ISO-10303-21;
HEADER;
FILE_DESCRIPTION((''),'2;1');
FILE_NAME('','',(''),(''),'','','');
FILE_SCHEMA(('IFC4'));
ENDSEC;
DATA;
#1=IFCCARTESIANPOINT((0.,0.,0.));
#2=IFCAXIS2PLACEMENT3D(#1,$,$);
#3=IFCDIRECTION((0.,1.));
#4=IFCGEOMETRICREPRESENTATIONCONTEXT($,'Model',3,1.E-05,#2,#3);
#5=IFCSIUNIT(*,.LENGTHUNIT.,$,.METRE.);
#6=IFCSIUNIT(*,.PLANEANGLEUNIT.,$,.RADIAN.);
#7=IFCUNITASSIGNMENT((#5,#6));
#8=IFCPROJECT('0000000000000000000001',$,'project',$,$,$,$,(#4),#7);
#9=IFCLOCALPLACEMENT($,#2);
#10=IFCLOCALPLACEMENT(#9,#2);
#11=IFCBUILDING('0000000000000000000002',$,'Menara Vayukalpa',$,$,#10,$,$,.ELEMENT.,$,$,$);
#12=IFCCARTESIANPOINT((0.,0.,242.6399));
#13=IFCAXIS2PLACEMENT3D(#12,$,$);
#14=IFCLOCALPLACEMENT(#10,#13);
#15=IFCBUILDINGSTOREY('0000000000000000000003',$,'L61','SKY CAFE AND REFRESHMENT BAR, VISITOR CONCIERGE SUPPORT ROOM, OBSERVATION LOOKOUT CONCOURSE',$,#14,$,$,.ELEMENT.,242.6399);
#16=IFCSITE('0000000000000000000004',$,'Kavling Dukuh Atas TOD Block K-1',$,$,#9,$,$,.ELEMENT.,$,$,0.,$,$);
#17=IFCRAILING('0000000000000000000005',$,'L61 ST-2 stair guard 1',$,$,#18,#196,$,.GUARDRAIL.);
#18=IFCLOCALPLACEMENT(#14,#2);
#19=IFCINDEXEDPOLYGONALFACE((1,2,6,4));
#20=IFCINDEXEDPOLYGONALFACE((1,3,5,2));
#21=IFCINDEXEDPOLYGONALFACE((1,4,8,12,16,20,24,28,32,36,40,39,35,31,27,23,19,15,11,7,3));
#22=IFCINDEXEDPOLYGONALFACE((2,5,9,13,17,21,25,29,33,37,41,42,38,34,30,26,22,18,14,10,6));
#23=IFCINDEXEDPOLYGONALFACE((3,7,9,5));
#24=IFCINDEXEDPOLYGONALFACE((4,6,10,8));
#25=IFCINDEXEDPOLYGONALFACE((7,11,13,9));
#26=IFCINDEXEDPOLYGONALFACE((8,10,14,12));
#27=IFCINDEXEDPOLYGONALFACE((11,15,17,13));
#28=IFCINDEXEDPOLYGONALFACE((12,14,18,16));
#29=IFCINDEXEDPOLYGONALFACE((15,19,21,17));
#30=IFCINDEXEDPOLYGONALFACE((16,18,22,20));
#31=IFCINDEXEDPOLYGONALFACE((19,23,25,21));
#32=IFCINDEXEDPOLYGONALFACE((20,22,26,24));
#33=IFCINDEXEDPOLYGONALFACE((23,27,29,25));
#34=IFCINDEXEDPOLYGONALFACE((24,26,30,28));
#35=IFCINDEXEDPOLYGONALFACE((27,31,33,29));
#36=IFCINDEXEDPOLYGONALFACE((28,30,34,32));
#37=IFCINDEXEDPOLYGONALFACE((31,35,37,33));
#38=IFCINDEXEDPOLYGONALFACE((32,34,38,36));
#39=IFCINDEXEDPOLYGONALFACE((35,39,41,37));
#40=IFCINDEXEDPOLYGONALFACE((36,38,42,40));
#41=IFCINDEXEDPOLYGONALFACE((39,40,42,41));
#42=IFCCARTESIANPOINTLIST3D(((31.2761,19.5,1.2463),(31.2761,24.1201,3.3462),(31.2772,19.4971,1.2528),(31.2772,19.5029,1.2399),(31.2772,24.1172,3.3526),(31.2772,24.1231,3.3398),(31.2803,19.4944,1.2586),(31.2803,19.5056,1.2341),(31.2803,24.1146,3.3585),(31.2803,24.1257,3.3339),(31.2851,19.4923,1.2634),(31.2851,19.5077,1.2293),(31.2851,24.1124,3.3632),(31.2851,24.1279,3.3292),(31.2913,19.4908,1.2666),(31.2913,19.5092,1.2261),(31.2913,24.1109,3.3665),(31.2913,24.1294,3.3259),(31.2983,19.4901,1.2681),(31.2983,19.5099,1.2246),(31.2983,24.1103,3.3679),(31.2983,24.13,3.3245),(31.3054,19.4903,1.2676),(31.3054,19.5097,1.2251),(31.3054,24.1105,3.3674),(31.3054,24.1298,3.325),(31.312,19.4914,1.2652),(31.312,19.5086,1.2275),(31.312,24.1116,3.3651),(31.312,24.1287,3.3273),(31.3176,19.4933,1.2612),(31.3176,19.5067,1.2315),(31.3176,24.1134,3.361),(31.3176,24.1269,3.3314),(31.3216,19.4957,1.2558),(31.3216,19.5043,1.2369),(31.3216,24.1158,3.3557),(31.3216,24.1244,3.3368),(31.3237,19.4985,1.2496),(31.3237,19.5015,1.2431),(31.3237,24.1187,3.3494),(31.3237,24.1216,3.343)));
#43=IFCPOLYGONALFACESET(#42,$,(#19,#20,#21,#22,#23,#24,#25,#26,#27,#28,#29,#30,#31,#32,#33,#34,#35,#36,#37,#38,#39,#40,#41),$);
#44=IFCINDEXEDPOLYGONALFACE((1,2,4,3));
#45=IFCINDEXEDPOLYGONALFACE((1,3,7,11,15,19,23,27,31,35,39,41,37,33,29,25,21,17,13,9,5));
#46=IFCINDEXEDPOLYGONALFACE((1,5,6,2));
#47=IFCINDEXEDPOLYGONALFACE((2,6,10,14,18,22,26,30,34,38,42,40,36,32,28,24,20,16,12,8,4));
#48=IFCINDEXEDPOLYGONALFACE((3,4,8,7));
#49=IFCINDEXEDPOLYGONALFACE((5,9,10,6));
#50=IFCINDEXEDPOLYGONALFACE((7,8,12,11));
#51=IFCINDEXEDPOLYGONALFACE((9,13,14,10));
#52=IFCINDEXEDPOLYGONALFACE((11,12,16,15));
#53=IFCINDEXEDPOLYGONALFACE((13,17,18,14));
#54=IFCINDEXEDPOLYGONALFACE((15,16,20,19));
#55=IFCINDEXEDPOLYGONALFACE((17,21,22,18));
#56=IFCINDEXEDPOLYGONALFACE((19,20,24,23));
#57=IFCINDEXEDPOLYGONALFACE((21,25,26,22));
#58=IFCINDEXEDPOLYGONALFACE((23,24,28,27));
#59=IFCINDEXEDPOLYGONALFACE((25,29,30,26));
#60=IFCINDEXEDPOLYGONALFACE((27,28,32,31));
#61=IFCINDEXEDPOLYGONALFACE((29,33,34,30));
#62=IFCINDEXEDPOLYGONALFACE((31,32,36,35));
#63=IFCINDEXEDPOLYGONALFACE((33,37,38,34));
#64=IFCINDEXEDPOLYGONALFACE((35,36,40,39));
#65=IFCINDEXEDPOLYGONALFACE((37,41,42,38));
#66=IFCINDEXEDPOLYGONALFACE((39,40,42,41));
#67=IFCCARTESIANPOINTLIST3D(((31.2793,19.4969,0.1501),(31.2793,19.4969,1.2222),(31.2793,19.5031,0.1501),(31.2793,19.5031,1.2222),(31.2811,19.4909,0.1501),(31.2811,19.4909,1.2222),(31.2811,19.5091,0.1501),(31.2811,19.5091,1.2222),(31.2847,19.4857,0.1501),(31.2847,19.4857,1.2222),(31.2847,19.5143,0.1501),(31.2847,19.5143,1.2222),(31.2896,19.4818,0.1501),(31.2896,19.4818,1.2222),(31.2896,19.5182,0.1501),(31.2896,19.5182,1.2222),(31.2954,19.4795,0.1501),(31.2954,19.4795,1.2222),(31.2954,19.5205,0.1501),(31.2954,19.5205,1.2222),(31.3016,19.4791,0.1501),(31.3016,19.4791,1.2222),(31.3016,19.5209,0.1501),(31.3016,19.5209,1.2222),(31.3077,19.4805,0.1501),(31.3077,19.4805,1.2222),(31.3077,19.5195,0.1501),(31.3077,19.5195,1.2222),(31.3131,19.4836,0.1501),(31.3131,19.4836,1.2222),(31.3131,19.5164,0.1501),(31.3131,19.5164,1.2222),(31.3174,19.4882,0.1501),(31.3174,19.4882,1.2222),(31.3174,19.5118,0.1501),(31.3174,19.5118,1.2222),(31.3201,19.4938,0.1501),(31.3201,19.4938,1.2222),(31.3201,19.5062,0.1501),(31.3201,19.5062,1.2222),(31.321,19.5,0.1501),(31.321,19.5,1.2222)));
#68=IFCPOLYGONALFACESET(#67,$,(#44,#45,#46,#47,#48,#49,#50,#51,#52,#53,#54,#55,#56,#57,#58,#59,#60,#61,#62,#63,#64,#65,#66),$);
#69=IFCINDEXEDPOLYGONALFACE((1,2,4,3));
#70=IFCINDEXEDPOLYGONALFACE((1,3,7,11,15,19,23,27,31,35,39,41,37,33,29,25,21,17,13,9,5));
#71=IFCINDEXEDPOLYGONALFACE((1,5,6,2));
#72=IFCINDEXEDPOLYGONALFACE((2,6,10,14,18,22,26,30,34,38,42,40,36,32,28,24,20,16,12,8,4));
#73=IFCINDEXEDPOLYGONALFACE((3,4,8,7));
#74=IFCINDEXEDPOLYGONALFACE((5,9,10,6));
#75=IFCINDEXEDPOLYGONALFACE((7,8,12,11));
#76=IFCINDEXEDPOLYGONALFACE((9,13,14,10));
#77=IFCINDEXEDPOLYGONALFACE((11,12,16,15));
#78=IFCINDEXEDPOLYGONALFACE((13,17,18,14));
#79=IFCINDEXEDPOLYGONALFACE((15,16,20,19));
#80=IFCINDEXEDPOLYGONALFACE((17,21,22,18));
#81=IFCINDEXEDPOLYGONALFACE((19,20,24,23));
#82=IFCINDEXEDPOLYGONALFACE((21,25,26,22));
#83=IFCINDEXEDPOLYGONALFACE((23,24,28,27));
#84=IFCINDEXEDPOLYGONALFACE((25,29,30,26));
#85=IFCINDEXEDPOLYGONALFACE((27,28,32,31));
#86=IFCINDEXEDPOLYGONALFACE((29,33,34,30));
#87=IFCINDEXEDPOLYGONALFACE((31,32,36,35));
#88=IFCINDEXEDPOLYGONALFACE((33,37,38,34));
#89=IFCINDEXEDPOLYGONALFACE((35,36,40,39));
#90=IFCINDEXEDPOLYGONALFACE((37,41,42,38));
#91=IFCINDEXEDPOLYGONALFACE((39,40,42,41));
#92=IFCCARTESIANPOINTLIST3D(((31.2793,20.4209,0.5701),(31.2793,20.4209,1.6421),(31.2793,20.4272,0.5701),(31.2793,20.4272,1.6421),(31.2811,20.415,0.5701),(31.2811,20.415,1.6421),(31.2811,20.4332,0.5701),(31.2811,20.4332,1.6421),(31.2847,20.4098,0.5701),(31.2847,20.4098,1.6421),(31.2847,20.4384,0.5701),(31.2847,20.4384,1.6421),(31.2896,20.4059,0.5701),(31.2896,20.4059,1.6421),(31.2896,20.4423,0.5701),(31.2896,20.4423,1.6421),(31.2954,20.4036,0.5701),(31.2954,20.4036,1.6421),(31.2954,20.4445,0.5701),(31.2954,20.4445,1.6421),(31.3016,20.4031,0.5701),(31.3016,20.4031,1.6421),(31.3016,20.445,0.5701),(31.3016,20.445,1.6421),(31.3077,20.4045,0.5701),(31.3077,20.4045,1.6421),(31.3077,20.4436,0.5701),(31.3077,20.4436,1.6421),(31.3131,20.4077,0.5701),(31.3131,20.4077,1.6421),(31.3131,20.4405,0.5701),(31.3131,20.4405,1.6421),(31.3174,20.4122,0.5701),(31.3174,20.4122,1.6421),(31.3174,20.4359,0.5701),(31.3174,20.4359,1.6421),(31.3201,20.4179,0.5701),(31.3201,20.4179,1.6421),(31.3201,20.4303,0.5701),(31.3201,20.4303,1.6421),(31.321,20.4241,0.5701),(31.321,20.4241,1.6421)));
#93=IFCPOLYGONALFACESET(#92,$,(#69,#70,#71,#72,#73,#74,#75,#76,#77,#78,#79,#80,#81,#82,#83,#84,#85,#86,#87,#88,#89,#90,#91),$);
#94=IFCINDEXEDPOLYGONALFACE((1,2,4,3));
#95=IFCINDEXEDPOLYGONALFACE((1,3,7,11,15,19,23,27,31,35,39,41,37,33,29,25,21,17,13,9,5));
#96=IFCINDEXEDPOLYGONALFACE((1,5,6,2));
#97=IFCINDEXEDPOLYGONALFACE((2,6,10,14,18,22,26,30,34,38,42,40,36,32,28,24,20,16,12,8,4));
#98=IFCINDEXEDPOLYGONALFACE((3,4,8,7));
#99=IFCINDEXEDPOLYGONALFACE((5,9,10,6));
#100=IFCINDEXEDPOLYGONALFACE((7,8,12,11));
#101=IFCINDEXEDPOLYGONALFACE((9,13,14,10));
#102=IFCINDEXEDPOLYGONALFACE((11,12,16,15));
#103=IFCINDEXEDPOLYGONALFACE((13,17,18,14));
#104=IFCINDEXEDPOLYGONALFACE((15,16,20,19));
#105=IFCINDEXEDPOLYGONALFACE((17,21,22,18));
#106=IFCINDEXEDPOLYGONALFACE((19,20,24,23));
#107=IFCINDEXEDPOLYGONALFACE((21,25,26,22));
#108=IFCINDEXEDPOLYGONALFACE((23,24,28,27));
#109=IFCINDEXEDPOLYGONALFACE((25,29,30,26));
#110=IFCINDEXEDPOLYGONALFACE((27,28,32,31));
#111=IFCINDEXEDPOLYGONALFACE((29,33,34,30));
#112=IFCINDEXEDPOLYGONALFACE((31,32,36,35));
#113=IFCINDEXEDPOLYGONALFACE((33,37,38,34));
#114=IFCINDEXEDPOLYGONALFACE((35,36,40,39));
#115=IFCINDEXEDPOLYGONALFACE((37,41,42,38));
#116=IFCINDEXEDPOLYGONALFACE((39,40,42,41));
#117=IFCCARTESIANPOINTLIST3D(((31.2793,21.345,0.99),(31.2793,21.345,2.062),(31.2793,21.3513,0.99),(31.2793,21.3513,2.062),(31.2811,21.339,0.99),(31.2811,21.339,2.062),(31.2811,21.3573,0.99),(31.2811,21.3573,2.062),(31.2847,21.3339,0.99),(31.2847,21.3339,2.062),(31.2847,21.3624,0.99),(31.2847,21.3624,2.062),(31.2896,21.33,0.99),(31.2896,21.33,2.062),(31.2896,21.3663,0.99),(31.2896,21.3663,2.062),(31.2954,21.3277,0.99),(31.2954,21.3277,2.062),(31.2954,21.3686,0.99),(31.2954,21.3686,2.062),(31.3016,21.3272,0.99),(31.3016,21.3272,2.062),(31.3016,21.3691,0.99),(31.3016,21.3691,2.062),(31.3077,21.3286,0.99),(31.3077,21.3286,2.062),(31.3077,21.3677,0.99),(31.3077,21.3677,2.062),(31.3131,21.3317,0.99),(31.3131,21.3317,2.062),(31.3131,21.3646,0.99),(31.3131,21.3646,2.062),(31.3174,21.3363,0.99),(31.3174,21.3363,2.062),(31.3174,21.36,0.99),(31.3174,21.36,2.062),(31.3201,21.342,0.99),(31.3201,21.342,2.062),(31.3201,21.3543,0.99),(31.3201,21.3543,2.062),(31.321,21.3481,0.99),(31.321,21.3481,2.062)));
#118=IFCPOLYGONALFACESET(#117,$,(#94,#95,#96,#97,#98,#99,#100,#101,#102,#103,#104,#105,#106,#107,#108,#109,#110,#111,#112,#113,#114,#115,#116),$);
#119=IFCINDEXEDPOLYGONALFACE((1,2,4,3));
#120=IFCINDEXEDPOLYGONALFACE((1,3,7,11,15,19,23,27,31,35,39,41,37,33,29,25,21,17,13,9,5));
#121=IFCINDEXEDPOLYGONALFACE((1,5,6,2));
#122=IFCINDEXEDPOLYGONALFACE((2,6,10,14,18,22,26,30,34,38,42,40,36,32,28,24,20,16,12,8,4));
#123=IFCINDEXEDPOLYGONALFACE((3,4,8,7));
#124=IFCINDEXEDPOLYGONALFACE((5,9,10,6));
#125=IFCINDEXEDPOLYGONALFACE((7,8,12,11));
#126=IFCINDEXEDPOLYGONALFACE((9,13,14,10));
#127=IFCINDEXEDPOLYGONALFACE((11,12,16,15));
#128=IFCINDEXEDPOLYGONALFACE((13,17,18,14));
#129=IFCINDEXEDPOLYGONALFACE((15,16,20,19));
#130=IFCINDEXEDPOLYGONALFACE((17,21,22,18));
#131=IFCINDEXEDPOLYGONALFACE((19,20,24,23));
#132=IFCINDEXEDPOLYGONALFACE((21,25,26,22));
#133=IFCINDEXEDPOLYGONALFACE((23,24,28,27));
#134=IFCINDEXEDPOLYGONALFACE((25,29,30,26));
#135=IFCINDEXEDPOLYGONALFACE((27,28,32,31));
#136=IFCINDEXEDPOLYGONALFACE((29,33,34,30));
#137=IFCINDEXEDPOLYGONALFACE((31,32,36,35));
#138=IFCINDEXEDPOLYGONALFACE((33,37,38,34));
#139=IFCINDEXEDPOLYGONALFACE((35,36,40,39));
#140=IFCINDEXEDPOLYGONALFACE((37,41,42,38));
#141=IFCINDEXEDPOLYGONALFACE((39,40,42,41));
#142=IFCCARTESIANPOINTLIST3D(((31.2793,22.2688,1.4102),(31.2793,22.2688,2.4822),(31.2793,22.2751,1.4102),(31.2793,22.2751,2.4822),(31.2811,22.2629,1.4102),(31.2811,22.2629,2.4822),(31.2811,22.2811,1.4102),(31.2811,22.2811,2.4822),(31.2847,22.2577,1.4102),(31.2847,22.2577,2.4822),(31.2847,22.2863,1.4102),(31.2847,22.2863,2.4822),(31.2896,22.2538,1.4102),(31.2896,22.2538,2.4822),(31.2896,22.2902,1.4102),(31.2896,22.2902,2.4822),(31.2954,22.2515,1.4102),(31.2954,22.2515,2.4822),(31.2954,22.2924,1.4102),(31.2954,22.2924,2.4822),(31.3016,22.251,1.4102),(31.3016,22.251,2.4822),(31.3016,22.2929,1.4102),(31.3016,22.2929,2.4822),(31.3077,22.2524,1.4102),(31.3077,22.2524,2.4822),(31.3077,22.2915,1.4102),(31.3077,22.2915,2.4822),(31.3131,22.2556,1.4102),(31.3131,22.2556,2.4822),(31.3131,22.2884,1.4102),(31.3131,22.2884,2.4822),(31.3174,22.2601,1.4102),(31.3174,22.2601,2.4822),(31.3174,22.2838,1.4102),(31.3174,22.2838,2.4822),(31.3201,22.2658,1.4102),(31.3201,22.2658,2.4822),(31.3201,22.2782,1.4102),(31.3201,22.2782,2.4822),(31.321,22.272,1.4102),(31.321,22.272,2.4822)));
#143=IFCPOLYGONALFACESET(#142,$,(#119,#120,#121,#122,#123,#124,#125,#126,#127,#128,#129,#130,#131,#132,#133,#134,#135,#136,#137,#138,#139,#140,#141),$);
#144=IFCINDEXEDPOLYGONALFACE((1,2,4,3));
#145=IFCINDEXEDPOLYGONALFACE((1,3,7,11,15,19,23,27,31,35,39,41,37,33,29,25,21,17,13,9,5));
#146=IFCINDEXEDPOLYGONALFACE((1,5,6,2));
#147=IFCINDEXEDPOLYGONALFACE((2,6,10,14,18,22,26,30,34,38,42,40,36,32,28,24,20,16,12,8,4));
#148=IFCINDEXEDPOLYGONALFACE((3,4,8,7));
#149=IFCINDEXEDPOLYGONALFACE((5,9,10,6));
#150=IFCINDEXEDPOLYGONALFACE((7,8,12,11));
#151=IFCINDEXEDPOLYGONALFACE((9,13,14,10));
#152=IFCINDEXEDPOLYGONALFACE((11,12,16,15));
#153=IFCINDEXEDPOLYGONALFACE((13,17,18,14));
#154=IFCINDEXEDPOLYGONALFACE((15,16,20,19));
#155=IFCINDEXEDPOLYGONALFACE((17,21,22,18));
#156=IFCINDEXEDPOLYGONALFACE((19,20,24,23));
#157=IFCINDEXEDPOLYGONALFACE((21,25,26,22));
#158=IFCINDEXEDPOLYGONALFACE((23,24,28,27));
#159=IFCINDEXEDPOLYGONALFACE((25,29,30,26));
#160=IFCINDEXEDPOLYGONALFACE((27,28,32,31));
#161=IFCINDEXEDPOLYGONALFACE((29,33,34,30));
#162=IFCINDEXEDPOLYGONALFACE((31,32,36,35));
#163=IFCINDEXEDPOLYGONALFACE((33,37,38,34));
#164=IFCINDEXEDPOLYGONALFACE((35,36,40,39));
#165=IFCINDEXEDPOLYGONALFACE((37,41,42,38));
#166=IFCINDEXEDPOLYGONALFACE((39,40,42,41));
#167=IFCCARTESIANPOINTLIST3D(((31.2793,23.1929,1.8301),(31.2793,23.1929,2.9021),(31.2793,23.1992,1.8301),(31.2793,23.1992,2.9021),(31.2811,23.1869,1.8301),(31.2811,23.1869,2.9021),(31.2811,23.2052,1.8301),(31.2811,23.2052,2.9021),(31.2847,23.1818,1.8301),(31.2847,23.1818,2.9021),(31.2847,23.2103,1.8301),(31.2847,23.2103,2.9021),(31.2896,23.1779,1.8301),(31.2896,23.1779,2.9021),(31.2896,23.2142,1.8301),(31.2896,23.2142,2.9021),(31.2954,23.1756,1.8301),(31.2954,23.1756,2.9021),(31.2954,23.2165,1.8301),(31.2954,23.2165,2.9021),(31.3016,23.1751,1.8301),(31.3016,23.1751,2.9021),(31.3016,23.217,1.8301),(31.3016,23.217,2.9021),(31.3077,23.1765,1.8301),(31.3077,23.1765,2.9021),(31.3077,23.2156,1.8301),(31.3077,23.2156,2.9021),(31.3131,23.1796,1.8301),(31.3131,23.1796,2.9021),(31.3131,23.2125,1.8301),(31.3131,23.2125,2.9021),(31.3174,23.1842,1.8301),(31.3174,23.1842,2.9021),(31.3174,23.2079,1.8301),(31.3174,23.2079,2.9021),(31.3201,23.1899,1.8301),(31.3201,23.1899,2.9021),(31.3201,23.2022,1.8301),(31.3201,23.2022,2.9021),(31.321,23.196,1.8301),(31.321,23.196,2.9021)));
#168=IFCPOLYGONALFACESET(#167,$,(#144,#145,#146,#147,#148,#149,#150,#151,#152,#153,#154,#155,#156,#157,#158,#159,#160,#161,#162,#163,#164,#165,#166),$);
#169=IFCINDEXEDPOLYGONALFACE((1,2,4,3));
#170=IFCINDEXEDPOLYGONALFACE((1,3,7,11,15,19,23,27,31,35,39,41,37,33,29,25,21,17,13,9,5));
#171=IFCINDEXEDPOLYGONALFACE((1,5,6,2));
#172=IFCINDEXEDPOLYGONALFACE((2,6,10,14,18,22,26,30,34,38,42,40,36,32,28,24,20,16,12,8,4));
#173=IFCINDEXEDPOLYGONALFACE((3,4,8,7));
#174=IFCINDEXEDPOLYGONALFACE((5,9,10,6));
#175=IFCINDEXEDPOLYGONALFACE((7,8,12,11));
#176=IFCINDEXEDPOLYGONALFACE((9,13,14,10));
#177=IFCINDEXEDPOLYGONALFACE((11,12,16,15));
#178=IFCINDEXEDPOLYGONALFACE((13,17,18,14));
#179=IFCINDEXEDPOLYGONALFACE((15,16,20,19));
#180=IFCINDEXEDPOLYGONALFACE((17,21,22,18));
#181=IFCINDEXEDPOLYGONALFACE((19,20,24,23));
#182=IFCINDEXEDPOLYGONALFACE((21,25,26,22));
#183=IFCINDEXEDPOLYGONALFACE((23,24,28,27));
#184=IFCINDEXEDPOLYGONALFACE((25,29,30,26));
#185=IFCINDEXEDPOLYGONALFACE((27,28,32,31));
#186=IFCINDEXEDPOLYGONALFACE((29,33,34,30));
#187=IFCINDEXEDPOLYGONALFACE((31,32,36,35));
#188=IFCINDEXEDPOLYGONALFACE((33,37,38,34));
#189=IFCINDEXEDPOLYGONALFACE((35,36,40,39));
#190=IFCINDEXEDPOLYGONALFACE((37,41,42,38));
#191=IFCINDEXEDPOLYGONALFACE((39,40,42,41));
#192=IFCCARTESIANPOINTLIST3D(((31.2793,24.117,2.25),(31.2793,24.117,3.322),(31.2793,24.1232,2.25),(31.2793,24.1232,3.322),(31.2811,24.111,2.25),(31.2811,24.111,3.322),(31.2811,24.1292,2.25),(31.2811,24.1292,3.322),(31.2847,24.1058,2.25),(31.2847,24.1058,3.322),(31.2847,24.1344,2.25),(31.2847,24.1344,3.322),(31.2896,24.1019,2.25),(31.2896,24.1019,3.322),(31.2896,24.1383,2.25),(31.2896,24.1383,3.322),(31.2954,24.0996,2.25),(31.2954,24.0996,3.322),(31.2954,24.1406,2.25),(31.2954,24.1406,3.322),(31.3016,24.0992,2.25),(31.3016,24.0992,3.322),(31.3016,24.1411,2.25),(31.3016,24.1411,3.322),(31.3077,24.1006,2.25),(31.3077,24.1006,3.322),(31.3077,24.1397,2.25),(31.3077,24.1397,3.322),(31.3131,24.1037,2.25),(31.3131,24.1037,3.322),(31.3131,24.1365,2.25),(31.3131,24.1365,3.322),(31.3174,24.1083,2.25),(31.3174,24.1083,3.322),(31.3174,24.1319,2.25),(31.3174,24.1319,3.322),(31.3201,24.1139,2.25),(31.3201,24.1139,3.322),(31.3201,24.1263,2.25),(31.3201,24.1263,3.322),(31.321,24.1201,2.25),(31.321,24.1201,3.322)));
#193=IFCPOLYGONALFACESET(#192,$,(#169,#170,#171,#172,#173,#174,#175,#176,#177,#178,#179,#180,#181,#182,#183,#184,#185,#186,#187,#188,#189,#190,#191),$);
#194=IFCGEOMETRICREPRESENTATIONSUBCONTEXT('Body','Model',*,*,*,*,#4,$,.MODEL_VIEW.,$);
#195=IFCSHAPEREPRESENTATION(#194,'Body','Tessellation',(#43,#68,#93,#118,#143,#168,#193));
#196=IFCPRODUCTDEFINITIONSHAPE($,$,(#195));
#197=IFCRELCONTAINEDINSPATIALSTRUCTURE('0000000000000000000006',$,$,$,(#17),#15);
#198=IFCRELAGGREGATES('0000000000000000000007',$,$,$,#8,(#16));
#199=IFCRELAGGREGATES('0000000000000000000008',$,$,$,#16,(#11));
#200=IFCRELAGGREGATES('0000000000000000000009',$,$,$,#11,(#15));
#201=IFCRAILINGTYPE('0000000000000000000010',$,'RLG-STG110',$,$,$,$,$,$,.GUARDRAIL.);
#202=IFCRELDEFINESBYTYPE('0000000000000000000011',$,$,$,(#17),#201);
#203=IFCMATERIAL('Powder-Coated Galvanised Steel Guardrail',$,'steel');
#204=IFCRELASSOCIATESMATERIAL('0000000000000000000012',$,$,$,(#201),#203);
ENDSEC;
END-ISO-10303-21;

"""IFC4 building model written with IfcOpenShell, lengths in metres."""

from ifc_helpers import new_model, si_unit, direction, frame, origin, origin_2d, place, context, subcontext, project, spatial, circle, extrude, material, type_object, element, save


model = new_model("IFC4")

# Units and contexts
model_context = context("Model", 3, precision=1e-05, world=origin(), true_north=direction((0.0, 1.0)))
body_context = subcontext(model_context, "Body", "Model", "MODEL_VIEW")
ifc_project = project(units=[si_unit("LENGTHUNIT", "METRE"), si_unit("PLANEANGLEUNIT", "RADIAN")], contexts=[model_context])

# Site, building, storey
site_placement = place(None, origin())
site = spatial("IfcSite", under=ifc_project, at=site_placement, Name="Kavling Dukuh Atas TOD Block K-1", CompositionType="ELEMENT", RefElevation=0.0)
building_placement = place(site_placement, origin())
building = spatial("IfcBuilding", under=site, at=building_placement, Name="Menara Vayukalpa", CompositionType="ELEMENT")
storey_placement = place(building_placement, frame((0.0, 0.0, 242.6399)))
storey = spatial("IfcBuildingStorey", under=building, at=storey_placement, Name="L61", Description="SKY CAFE AND REFRESHMENT BAR, VISITOR CONCIERGE SUPPORT ROOM, OBSERVATION LOOKOUT CONCOURSE", CompositionType="ELEMENT", Elevation=242.6399)

# Railing
ifc_material_1 = material(Name="Powder-Coated Galvanised Steel Guardrail", Category="steel")
railing_type_1 = type_object("IfcRailingType", Name="RLG-STG110", PredefinedType="GUARDRAIL", material=ifc_material_1)
railing_1_placement = place(storey_placement, frame((31.3, 19.5, 0.1501)))
element("IfcRailing", 1, at=railing_1_placement, inside=storey, type_object=railing_type_1, Name="L61 ST-2 stair guard 1", PredefinedType="GUARDRAIL", context=body_context, shape_type="SweptSolid", body=[
    extrude(circle(Radius=0.0239, at=origin_2d()), frame((0.0, 0.0, 1.0962), z_axis=(0.0, 0.910381, 0.41377), x_axis=(-1.0, 0.0, 0.0)), (0.0, 0.0, 1.0), 5.075),
    extrude(circle(Radius=0.021, at=origin_2d()), origin(), (0.0, 0.0, 1.0), 1.072),
    extrude(circle(Radius=0.021, at=origin_2d()), frame((0.0, 0.9241, 0.4199)), (0.0, 0.0, 1.0), 1.072),
    extrude(circle(Radius=0.021, at=origin_2d()), frame((0.0, 1.8481, 0.8398)), (0.0, 0.0, 1.0), 1.072),
    extrude(circle(Radius=0.021, at=origin_2d()), frame((0.0, 2.772, 1.26)), (0.0, 0.0, 1.0), 1.072),
    extrude(circle(Radius=0.021, at=origin_2d()), frame((0.0, 3.696, 1.6799)), (0.0, 0.0, 1.0), 1.072),
    extrude(circle(Radius=0.021, at=origin_2d()), frame((0.0, 4.6201, 2.0999)), (0.0, 0.0, 1.0), 1.072),
])

save(model, "model.ifc")
